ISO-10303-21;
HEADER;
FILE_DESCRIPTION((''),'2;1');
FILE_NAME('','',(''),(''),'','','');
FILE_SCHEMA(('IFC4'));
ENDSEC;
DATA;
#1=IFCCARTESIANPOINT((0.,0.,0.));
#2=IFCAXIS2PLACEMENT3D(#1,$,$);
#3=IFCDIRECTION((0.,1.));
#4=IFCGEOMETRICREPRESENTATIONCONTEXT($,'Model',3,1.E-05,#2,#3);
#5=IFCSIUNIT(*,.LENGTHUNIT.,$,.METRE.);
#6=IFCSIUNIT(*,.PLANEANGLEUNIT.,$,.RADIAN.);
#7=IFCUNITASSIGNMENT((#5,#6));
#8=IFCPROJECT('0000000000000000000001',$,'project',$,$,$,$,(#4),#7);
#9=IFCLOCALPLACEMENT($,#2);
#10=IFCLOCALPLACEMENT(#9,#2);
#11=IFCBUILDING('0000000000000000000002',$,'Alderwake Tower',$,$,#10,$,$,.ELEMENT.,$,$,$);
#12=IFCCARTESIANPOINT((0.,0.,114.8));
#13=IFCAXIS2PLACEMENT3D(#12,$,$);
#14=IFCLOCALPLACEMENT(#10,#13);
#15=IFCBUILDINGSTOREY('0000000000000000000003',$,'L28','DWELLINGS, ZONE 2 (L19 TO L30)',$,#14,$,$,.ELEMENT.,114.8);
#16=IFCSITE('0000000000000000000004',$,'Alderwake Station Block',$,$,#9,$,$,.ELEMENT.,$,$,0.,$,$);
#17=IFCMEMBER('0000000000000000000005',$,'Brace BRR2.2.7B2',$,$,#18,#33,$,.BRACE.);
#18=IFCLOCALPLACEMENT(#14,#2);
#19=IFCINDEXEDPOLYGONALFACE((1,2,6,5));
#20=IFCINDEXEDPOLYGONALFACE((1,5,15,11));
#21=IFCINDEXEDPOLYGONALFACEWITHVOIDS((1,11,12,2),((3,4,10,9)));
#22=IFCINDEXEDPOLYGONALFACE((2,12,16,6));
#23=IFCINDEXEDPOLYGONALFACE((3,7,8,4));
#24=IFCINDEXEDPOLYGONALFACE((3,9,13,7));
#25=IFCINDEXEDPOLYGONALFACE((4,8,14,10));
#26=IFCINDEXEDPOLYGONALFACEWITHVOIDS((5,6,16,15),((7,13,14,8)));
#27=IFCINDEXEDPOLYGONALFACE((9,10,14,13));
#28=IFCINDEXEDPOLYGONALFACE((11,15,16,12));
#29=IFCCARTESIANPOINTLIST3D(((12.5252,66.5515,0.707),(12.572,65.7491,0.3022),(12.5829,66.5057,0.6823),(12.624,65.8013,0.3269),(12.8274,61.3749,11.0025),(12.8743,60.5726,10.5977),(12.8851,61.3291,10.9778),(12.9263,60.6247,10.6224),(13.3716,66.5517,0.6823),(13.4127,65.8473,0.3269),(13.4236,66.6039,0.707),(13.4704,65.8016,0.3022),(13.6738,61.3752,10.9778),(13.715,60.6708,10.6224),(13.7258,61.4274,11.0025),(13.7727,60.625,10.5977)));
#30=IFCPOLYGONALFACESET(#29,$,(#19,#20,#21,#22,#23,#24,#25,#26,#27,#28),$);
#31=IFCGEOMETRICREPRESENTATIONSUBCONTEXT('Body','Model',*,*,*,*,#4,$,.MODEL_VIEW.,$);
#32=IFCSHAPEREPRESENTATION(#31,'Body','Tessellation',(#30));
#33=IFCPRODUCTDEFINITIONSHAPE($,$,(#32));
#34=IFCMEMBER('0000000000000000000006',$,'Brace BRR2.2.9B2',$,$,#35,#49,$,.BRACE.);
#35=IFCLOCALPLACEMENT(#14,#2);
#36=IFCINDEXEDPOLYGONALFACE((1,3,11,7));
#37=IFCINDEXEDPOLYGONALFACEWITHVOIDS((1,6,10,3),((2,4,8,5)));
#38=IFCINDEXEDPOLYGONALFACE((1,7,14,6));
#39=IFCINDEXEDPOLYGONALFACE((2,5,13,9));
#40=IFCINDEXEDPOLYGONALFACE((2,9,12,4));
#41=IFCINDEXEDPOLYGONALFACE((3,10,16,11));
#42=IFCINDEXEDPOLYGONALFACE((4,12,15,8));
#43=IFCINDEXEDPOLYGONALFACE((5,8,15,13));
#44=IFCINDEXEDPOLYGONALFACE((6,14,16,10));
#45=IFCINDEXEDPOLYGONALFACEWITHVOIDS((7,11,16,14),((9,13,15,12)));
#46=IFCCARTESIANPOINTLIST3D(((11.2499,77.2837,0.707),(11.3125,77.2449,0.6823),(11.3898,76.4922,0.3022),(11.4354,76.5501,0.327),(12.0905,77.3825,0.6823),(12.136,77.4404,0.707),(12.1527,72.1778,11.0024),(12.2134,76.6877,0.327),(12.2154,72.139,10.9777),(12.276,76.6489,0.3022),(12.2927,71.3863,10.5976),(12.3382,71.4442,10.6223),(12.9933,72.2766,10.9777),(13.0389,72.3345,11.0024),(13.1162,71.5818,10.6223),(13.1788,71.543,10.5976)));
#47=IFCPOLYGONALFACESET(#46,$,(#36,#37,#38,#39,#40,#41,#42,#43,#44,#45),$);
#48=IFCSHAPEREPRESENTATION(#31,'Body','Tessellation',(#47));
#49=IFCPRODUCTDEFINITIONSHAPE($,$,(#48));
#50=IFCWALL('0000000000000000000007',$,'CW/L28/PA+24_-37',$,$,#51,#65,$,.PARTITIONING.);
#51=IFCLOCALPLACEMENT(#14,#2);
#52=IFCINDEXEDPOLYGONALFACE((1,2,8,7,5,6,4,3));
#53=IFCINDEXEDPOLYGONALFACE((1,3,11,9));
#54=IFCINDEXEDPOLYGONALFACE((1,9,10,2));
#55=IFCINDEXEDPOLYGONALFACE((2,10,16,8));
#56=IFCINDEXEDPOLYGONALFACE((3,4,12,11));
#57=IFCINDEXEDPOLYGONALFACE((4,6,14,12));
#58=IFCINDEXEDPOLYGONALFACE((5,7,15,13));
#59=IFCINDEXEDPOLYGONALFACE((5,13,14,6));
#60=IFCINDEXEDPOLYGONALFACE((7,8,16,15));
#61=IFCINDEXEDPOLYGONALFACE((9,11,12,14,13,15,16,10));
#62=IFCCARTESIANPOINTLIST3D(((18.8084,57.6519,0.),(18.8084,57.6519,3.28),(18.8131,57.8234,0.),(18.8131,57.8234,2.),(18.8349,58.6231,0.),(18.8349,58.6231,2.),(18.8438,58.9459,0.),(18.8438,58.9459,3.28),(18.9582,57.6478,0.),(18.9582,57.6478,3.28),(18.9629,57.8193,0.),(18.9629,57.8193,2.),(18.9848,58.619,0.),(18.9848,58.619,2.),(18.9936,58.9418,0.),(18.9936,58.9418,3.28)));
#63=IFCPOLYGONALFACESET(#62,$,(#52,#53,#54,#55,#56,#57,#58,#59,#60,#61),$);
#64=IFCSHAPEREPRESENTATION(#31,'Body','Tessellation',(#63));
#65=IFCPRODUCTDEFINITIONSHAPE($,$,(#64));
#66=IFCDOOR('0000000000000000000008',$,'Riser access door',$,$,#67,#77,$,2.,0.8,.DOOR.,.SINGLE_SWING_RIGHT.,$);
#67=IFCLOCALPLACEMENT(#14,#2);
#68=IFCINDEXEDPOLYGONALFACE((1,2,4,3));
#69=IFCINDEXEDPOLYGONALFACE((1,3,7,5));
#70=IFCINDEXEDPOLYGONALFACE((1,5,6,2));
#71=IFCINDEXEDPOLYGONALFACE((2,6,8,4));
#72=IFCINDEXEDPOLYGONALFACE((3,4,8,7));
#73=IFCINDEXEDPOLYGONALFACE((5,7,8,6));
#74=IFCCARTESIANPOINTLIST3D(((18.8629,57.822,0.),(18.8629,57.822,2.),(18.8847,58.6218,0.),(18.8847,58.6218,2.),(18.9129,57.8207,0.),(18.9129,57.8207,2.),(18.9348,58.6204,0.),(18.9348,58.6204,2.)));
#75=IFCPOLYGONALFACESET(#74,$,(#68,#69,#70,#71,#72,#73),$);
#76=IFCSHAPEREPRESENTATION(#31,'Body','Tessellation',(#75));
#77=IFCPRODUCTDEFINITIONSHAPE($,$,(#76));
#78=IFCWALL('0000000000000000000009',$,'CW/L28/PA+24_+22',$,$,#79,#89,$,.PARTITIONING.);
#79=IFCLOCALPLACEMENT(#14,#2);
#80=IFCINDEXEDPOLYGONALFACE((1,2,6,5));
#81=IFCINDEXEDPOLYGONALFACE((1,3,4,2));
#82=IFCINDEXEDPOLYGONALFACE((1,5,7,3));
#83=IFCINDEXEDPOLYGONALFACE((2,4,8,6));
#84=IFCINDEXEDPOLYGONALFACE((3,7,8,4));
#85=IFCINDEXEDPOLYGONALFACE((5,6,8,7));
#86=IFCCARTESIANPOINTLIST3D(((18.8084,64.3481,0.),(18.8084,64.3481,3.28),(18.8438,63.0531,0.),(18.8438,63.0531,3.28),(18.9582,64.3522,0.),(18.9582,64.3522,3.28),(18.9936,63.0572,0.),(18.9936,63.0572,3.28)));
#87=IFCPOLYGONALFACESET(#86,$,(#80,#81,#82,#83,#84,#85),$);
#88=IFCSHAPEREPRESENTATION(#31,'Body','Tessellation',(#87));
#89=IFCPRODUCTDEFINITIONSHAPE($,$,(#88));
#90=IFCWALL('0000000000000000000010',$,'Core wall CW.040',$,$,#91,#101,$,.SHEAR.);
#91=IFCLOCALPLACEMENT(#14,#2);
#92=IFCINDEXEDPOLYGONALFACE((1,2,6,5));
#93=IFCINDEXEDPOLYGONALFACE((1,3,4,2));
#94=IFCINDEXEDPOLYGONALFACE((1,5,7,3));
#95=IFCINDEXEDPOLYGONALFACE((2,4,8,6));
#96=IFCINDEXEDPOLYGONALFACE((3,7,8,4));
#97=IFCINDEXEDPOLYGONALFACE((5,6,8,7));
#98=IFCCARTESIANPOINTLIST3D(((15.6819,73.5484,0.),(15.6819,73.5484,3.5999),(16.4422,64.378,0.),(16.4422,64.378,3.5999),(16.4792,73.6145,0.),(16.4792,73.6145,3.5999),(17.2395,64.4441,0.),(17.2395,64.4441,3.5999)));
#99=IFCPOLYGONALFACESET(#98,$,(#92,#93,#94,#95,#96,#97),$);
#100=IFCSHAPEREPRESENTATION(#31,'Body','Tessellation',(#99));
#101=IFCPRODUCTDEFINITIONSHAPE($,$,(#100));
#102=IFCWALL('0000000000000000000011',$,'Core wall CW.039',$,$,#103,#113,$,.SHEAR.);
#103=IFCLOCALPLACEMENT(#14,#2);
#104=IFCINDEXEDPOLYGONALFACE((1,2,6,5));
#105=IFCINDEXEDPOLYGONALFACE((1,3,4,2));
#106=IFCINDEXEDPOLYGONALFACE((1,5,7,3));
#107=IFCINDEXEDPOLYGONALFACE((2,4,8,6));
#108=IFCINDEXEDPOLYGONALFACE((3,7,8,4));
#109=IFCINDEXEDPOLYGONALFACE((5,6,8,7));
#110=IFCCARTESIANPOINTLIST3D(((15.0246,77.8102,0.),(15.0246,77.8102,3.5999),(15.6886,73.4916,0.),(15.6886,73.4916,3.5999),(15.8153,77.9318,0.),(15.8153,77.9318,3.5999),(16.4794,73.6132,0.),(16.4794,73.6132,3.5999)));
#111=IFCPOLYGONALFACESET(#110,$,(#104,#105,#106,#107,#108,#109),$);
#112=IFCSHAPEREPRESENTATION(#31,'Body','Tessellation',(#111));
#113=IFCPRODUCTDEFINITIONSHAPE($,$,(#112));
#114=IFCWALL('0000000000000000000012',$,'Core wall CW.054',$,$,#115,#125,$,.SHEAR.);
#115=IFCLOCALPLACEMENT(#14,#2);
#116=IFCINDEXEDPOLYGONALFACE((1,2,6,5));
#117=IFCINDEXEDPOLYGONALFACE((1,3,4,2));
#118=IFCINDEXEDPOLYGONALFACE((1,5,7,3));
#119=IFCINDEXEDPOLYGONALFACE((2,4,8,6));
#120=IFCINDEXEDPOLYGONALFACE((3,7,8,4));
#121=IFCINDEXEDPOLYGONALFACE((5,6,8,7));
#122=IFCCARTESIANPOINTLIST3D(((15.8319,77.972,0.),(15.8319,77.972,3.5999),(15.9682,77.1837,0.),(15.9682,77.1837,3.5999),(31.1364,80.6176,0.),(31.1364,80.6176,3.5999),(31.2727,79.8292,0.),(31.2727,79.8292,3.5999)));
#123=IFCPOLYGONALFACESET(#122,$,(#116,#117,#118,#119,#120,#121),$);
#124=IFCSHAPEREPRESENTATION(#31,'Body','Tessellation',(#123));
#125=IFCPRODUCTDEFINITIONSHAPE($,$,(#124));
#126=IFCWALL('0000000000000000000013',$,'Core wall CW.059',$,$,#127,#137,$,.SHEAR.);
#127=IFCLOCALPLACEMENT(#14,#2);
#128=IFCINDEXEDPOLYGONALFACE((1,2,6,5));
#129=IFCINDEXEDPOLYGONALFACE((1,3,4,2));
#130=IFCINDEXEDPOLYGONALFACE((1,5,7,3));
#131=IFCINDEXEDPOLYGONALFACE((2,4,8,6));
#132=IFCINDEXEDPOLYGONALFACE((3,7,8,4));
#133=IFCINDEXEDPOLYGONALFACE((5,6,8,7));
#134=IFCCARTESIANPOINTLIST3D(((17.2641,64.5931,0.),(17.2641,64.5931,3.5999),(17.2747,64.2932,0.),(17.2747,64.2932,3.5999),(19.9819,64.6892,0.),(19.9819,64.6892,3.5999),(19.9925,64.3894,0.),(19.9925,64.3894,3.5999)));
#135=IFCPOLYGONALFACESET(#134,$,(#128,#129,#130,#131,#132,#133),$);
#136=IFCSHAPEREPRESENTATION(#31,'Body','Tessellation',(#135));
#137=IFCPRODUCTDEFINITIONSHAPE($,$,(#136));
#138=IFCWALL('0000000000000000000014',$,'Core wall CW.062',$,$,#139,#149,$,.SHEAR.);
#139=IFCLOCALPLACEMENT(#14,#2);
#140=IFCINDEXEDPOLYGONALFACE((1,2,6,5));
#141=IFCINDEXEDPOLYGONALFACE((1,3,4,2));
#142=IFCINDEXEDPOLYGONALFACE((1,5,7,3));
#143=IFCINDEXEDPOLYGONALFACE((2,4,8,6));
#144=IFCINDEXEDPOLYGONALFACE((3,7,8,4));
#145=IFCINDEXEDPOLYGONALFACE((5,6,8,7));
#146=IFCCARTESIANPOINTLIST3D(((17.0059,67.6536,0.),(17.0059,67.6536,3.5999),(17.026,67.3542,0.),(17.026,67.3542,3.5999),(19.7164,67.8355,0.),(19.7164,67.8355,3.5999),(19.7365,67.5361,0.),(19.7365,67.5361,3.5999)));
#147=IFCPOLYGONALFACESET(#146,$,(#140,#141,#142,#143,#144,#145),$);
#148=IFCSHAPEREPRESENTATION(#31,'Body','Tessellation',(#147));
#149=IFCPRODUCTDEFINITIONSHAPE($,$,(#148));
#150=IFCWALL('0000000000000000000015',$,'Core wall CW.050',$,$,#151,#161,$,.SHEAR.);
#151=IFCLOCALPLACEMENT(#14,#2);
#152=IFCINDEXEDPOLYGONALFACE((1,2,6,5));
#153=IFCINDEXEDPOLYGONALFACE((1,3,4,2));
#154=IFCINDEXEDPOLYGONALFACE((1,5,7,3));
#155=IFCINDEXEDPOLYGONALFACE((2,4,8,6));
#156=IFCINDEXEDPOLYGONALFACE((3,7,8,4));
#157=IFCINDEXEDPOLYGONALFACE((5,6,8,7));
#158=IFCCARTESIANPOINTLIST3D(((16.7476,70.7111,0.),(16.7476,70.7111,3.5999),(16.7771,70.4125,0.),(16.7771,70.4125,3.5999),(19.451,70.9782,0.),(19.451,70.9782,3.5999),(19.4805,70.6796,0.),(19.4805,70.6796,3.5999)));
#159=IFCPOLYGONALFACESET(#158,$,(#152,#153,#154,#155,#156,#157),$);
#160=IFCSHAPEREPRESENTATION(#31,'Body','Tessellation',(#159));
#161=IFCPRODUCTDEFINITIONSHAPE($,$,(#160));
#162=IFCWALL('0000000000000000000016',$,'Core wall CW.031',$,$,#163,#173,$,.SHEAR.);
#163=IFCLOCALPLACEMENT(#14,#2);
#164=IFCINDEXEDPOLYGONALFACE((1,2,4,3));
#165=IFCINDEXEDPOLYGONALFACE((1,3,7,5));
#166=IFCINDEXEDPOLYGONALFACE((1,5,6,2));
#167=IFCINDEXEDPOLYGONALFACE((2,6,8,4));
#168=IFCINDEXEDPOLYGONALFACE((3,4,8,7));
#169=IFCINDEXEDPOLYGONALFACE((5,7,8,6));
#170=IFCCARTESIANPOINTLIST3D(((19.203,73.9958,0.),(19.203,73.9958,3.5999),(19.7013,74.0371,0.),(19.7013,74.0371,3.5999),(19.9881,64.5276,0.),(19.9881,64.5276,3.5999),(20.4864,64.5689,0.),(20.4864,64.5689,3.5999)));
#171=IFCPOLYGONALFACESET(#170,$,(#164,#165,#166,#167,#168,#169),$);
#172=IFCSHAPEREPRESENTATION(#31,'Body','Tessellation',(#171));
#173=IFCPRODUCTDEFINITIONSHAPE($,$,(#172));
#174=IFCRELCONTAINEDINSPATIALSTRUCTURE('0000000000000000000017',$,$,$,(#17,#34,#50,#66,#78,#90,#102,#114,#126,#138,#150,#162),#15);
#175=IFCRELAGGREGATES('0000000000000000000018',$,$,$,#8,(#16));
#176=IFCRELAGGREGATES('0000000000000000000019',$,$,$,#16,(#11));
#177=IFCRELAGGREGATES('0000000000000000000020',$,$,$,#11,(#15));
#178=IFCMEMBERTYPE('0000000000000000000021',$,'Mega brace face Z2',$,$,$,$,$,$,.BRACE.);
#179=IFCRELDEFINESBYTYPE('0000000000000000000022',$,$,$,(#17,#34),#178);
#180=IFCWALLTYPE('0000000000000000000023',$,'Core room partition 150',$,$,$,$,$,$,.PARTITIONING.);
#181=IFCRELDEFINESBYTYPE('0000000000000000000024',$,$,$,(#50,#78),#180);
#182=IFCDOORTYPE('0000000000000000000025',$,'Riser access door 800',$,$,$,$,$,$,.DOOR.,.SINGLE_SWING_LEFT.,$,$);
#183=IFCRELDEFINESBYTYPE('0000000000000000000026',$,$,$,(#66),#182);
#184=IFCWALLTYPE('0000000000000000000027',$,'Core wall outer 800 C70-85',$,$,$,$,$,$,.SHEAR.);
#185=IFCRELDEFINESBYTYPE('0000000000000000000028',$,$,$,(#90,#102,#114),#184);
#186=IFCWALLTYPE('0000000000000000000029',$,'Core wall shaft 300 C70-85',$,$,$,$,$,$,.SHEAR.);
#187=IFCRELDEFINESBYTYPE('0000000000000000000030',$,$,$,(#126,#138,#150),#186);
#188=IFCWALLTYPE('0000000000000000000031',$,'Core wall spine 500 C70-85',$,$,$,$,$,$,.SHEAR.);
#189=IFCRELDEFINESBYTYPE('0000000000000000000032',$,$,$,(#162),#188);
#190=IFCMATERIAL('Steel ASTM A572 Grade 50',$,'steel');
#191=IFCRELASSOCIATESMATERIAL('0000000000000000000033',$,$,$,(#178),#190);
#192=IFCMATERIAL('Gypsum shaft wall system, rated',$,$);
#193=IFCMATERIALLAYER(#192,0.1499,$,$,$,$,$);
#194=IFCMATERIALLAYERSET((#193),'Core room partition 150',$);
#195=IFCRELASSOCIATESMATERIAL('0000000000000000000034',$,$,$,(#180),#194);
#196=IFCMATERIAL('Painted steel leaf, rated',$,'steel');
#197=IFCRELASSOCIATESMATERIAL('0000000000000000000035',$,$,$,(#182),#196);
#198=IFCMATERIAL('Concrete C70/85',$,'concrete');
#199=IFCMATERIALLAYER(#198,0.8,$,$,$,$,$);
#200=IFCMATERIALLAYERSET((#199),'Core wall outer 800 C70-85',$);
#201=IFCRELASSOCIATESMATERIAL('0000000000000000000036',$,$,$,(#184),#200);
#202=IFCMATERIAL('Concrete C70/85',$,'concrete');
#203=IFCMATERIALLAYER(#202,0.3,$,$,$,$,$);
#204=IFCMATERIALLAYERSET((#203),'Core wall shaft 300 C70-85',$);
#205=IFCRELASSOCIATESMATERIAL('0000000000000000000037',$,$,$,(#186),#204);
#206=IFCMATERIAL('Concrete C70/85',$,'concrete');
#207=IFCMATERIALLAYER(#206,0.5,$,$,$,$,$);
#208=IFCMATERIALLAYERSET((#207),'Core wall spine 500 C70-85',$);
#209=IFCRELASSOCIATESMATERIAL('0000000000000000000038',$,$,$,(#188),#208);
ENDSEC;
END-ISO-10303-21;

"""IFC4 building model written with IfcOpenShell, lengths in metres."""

from ifc_helpers import new_model, si_unit, direction, frame, frame_2d, origin, origin_2d, place, context, subcontext, project, spatial, rectangle, hollow_rectangle, extrude, material, layer, layer_set, material_profile, profile_set, type_object, element, fill, save


model = new_model("IFC4")

# Units and contexts
model_context = context("Model", 3, precision=1e-05, world=origin(), true_north=direction((0.0, 1.0)))
body_context = subcontext(model_context, "Body", "Model", "MODEL_VIEW")
ifc_project = project(units=[si_unit("LENGTHUNIT", "METRE"), si_unit("PLANEANGLEUNIT", "RADIAN")], contexts=[model_context])

# Site, building, storey
site_placement = place(None, origin())
site = spatial("IfcSite", under=ifc_project, at=site_placement, Name="Alderwake Station Block", CompositionType="ELEMENT", RefElevation=0.0)
building_placement = place(site_placement, origin())
building = spatial("IfcBuilding", under=site, at=building_placement, Name="Alderwake Tower", CompositionType="ELEMENT")
storey_placement = place(building_placement, frame((0.0, 0.0, 114.8)))
storey = spatial("IfcBuildingStorey", under=building, at=storey_placement, Name="L28", Description="DWELLINGS, ZONE 2 (L19 TO L30)", CompositionType="ELEMENT", Elevation=114.8)

# Members
ifc_material_1 = material(Name="Steel ASTM A572 Grade 50", Category="steel")
ifc_material_profile_1 = material_profile(ifc_material_1, hollow_rectangle(XDim=0.8999, YDim=0.8999, WallThickness=0.0549, at=origin_2d()), Name="BOX 900X900X55")
ifc_profile_set_1 = profile_set([ifc_material_profile_1], Name="Steel ASTM A572 Grade 50")
member_type = type_object("IfcMemberType", Name="Mega brace face Z2", PredefinedType="BRACE", material=ifc_profile_set_1)
member_1_placement = place(storey_placement, frame((12.9978, 66.1765, 0.5046), z_axis=(0.02622, -0.449058, 0.893118), x_axis=(0.9983, 0.058289, 0.0)))
element("IfcMember", 1, at=member_1_placement, inside=storey, type_object=member_type, Name="Brace BRR2.2.7B2", PredefinedType="BRACE", context=body_context, shape_type="SweptSolid", body=[
    extrude(hollow_rectangle(XDim=0.8999, YDim=0.8999, WallThickness=0.0549, at=origin_2d()), origin(), (0.0, 0.0, 1.0), 11.5276),
])
member_2_placement = place(storey_placement, frame((11.7629, 76.9663, 0.5046), z_axis=(0.07832, -0.44294, 0.893124), x_axis=(0.984725, 0.174118, 0.0)))
element("IfcMember", 2, at=member_2_placement, inside=storey, type_object=member_type, Name="Brace BRR2.2.9B2", PredefinedType="BRACE", context=body_context, shape_type="SweptSolid", body=[
    extrude(hollow_rectangle(XDim=0.8999, YDim=0.8999, WallThickness=0.0549, at=origin_2d()), origin(), (0.0, 0.0, 1.0), 11.5273),
])

# Wall, opening, door
ifc_material_2 = material(Name="Gypsum shaft wall system, rated")
ifc_layer_1 = layer(ifc_material_2, 0.1499)
ifc_layer_set_1 = layer_set([ifc_layer_1], Name="Core room partition 150")
wall_type_1 = type_object("IfcWallType", Name="Core room partition 150", PredefinedType="PARTITIONING", material=ifc_layer_set_1)
wall_1_placement = place(storey_placement, frame((18.9187, 58.9438, 0.0), z_axis=(0.0, 0.0, 1.0), x_axis=(-0.027348, -0.999626, 0.0)))
wall_1 = element("IfcWall", 3, at=wall_1_placement, inside=storey, type_object=wall_type_1, Name="CW/L28/PA+24_-37", PredefinedType="PARTITIONING", context=body_context, shape_type="SweptSolid", body=[
    extrude(rectangle(XDim=1.2944, YDim=0.1499, at=frame_2d((0.6472, 0.0))), origin(), (0.0, 0.0, 1.0), 3.28),
])
opening_1_placement = place(wall_1_placement, frame((0.323, 0.0, 0.0)))
opening_1 = element("IfcOpeningElement", 4, at=opening_1_placement, cuts=wall_1, PredefinedType="OPENING", context=body_context, shape_type="SweptSolid", body=[
    extrude(rectangle(XDim=0.8, YDim=2.0, at=frame_2d((0.3999, 1.0))), frame((0.0, 0.085, 0.0), z_axis=(0.0, -1.0, 0.0), x_axis=(1.0, 0.0, 0.0)), (0.0, 0.0, 1.0), 0.1699),
])
ifc_material_3 = material(Name="Painted steel leaf, rated", Category="steel")
door_type_1 = type_object("IfcDoorType", Name="Riser access door 800", OperationType="SINGLE_SWING_LEFT", PredefinedType="DOOR", material=ifc_material_3)
door_1_placement = place(opening_1_placement, origin())
door_1 = element("IfcDoor", 5, at=door_1_placement, inside=storey, type_object=door_type_1, Name="Riser access door", OperationType="SINGLE_SWING_RIGHT", OverallHeight=2.0, OverallWidth=0.8, PredefinedType="DOOR", context=body_context, shape_type="SweptSolid", body=[
    extrude(rectangle(XDim=0.8, YDim=2.0, at=frame_2d((0.3999, 1.0))), frame((0.0, 0.0249, 0.0), z_axis=(0.0, -1.0, 0.0), x_axis=(1.0, 0.0, 0.0)), (0.0, 0.0, 1.0), 0.05),
])
fill(opening_1, door_1)

# Walls
wall_2_placement = place(storey_placement, frame((18.9187, 63.0552, 0.0), z_axis=(0.0, 0.0, 1.0), x_axis=(-0.027328, 0.999627, 0.0)))
element("IfcWall", 6, at=wall_2_placement, inside=storey, type_object=wall_type_1, Name="CW/L28/PA+24_+22", PredefinedType="PARTITIONING", context=body_context, shape_type="SweptSolid", body=[
    extrude(rectangle(XDim=1.2954, YDim=0.1499, at=frame_2d((0.6477, 0.0))), origin(), (0.0, 0.0, 1.0), 3.28),
])
ifc_material_4 = material(Name="Concrete C70/85", Category="concrete")
ifc_layer_2 = layer(ifc_material_4, 0.8)
ifc_layer_set_2 = layer_set([ifc_layer_2], Name="Core wall outer 800 C70-85")
wall_type_2 = type_object("IfcWallType", Name="Core wall outer 800 C70-85", PredefinedType="SHEAR", material=ifc_layer_set_2)
wall_3_placement = place(storey_placement, frame((16.8408, 64.4109, 0.0), z_axis=(0.0, 0.0, 1.0), x_axis=(-0.08262, 0.996581, 0.0)))
element("IfcWall", 7, at=wall_3_placement, inside=storey, type_object=wall_type_2, Name="Core wall CW.040", PredefinedType="SHEAR", context=body_context, shape_type="SweptSolid", body=[
    extrude(rectangle(XDim=9.2019, YDim=0.8, at=frame_2d((4.6011, 0.0))), origin(), (0.0, 0.0, 1.0), 3.5999),
])
wall_4_placement = place(storey_placement, frame((16.084, 73.5525, 0.0), z_axis=(0.0, 0.0, 1.0), x_axis=(-0.151982, 0.988383, 0.0)))
element("IfcWall", 8, at=wall_4_placement, inside=storey, type_object=wall_type_2, Name="Core wall CW.039", PredefinedType="SHEAR", context=body_context, shape_type="SweptSolid", body=[
    extrude(rectangle(XDim=4.3694, YDim=0.8, at=frame_2d((2.1846, 0.0))), origin(), (0.0, 0.0, 1.0), 3.5999),
])
wall_5_placement = place(storey_placement, frame((15.9001, 77.5779, 0.0), z_axis=(0.0, 0.0, 1.0), x_axis=(0.985387, 0.170333, 0.0)))
element("IfcWall", 9, at=wall_5_placement, inside=storey, type_object=wall_type_2, Name="Core wall CW.054", PredefinedType="SHEAR", context=body_context, shape_type="SweptSolid", body=[
    extrude(rectangle(XDim=15.5315, YDim=0.8, at=frame_2d((7.7656, 0.0))), origin(), (0.0, 0.0, 1.0), 3.5999),
])
ifc_material_5 = material(Name="Concrete C70/85", Category="concrete")
ifc_layer_3 = layer(ifc_material_5, 0.3)
ifc_layer_set_3 = layer_set([ifc_layer_3], Name="Core wall shaft 300 C70-85")
wall_type_3 = type_object("IfcWallType", Name="Core wall shaft 300 C70-85", PredefinedType="SHEAR", material=ifc_layer_set_3)
wall_6_placement = place(storey_placement, frame((17.2693, 64.4431, 0.0), z_axis=(0.0, 0.0, 1.0), x_axis=(0.999374, 0.035371, 0.0)))
element("IfcWall", 10, at=wall_6_placement, inside=storey, type_object=wall_type_3, Name="Core wall CW.059", PredefinedType="SHEAR", context=body_context, shape_type="SweptSolid", body=[
    extrude(rectangle(XDim=2.7195, YDim=0.3, at=frame_2d((1.3599, 0.0))), origin(), (0.0, 0.0, 1.0), 3.5999),
])
for number, where, z_axis, x_axis, name in (
    (11, (17.0159, 67.5039, 0.0), (0.0, 0.0, 1.0), (0.997756, 0.066954, 0.0), "Core wall CW.062"),
    (12, (16.7622, 70.5618, 0.0), (0.0, 0.0, 1.0), (0.995155, 0.09832, 0.0), "Core wall CW.050"),
):
    element("IfcWall", number, at=place(storey_placement, frame(where, z_axis=z_axis, x_axis=x_axis)), inside=storey, type_object=wall_type_3, Name=name, PredefinedType="SHEAR", context=body_context, shape_type="SweptSolid", body=[
        extrude(rectangle(XDim=2.7166, YDim=0.3, at=frame_2d((1.3584, 0.0))), origin(), (0.0, 0.0, 1.0), 3.5999),
    ])
ifc_material_6 = material(Name="Concrete C70/85", Category="concrete")
ifc_layer_4 = layer(ifc_material_6, 0.5)
ifc_layer_set_4 = layer_set([ifc_layer_4], Name="Core wall spine 500 C70-85")
wall_type_4 = type_object("IfcWallType", Name="Core wall spine 500 C70-85", PredefinedType="SHEAR", material=ifc_layer_set_4)
wall_7_placement = place(storey_placement, frame((20.2373, 64.5481, 0.0), z_axis=(0.0, 0.0, 1.0), x_axis=(-0.082641, 0.996579, 0.0)))
element("IfcWall", 13, at=wall_7_placement, inside=storey, type_object=wall_type_4, Name="Core wall CW.031", PredefinedType="SHEAR", context=body_context, shape_type="SweptSolid", body=[
    extrude(rectangle(XDim=9.5007, YDim=0.5, at=frame_2d((4.7505, 0.0))), origin(), (0.0, 0.0, 1.0), 3.5999),
])

save(model, "model.ifc")
